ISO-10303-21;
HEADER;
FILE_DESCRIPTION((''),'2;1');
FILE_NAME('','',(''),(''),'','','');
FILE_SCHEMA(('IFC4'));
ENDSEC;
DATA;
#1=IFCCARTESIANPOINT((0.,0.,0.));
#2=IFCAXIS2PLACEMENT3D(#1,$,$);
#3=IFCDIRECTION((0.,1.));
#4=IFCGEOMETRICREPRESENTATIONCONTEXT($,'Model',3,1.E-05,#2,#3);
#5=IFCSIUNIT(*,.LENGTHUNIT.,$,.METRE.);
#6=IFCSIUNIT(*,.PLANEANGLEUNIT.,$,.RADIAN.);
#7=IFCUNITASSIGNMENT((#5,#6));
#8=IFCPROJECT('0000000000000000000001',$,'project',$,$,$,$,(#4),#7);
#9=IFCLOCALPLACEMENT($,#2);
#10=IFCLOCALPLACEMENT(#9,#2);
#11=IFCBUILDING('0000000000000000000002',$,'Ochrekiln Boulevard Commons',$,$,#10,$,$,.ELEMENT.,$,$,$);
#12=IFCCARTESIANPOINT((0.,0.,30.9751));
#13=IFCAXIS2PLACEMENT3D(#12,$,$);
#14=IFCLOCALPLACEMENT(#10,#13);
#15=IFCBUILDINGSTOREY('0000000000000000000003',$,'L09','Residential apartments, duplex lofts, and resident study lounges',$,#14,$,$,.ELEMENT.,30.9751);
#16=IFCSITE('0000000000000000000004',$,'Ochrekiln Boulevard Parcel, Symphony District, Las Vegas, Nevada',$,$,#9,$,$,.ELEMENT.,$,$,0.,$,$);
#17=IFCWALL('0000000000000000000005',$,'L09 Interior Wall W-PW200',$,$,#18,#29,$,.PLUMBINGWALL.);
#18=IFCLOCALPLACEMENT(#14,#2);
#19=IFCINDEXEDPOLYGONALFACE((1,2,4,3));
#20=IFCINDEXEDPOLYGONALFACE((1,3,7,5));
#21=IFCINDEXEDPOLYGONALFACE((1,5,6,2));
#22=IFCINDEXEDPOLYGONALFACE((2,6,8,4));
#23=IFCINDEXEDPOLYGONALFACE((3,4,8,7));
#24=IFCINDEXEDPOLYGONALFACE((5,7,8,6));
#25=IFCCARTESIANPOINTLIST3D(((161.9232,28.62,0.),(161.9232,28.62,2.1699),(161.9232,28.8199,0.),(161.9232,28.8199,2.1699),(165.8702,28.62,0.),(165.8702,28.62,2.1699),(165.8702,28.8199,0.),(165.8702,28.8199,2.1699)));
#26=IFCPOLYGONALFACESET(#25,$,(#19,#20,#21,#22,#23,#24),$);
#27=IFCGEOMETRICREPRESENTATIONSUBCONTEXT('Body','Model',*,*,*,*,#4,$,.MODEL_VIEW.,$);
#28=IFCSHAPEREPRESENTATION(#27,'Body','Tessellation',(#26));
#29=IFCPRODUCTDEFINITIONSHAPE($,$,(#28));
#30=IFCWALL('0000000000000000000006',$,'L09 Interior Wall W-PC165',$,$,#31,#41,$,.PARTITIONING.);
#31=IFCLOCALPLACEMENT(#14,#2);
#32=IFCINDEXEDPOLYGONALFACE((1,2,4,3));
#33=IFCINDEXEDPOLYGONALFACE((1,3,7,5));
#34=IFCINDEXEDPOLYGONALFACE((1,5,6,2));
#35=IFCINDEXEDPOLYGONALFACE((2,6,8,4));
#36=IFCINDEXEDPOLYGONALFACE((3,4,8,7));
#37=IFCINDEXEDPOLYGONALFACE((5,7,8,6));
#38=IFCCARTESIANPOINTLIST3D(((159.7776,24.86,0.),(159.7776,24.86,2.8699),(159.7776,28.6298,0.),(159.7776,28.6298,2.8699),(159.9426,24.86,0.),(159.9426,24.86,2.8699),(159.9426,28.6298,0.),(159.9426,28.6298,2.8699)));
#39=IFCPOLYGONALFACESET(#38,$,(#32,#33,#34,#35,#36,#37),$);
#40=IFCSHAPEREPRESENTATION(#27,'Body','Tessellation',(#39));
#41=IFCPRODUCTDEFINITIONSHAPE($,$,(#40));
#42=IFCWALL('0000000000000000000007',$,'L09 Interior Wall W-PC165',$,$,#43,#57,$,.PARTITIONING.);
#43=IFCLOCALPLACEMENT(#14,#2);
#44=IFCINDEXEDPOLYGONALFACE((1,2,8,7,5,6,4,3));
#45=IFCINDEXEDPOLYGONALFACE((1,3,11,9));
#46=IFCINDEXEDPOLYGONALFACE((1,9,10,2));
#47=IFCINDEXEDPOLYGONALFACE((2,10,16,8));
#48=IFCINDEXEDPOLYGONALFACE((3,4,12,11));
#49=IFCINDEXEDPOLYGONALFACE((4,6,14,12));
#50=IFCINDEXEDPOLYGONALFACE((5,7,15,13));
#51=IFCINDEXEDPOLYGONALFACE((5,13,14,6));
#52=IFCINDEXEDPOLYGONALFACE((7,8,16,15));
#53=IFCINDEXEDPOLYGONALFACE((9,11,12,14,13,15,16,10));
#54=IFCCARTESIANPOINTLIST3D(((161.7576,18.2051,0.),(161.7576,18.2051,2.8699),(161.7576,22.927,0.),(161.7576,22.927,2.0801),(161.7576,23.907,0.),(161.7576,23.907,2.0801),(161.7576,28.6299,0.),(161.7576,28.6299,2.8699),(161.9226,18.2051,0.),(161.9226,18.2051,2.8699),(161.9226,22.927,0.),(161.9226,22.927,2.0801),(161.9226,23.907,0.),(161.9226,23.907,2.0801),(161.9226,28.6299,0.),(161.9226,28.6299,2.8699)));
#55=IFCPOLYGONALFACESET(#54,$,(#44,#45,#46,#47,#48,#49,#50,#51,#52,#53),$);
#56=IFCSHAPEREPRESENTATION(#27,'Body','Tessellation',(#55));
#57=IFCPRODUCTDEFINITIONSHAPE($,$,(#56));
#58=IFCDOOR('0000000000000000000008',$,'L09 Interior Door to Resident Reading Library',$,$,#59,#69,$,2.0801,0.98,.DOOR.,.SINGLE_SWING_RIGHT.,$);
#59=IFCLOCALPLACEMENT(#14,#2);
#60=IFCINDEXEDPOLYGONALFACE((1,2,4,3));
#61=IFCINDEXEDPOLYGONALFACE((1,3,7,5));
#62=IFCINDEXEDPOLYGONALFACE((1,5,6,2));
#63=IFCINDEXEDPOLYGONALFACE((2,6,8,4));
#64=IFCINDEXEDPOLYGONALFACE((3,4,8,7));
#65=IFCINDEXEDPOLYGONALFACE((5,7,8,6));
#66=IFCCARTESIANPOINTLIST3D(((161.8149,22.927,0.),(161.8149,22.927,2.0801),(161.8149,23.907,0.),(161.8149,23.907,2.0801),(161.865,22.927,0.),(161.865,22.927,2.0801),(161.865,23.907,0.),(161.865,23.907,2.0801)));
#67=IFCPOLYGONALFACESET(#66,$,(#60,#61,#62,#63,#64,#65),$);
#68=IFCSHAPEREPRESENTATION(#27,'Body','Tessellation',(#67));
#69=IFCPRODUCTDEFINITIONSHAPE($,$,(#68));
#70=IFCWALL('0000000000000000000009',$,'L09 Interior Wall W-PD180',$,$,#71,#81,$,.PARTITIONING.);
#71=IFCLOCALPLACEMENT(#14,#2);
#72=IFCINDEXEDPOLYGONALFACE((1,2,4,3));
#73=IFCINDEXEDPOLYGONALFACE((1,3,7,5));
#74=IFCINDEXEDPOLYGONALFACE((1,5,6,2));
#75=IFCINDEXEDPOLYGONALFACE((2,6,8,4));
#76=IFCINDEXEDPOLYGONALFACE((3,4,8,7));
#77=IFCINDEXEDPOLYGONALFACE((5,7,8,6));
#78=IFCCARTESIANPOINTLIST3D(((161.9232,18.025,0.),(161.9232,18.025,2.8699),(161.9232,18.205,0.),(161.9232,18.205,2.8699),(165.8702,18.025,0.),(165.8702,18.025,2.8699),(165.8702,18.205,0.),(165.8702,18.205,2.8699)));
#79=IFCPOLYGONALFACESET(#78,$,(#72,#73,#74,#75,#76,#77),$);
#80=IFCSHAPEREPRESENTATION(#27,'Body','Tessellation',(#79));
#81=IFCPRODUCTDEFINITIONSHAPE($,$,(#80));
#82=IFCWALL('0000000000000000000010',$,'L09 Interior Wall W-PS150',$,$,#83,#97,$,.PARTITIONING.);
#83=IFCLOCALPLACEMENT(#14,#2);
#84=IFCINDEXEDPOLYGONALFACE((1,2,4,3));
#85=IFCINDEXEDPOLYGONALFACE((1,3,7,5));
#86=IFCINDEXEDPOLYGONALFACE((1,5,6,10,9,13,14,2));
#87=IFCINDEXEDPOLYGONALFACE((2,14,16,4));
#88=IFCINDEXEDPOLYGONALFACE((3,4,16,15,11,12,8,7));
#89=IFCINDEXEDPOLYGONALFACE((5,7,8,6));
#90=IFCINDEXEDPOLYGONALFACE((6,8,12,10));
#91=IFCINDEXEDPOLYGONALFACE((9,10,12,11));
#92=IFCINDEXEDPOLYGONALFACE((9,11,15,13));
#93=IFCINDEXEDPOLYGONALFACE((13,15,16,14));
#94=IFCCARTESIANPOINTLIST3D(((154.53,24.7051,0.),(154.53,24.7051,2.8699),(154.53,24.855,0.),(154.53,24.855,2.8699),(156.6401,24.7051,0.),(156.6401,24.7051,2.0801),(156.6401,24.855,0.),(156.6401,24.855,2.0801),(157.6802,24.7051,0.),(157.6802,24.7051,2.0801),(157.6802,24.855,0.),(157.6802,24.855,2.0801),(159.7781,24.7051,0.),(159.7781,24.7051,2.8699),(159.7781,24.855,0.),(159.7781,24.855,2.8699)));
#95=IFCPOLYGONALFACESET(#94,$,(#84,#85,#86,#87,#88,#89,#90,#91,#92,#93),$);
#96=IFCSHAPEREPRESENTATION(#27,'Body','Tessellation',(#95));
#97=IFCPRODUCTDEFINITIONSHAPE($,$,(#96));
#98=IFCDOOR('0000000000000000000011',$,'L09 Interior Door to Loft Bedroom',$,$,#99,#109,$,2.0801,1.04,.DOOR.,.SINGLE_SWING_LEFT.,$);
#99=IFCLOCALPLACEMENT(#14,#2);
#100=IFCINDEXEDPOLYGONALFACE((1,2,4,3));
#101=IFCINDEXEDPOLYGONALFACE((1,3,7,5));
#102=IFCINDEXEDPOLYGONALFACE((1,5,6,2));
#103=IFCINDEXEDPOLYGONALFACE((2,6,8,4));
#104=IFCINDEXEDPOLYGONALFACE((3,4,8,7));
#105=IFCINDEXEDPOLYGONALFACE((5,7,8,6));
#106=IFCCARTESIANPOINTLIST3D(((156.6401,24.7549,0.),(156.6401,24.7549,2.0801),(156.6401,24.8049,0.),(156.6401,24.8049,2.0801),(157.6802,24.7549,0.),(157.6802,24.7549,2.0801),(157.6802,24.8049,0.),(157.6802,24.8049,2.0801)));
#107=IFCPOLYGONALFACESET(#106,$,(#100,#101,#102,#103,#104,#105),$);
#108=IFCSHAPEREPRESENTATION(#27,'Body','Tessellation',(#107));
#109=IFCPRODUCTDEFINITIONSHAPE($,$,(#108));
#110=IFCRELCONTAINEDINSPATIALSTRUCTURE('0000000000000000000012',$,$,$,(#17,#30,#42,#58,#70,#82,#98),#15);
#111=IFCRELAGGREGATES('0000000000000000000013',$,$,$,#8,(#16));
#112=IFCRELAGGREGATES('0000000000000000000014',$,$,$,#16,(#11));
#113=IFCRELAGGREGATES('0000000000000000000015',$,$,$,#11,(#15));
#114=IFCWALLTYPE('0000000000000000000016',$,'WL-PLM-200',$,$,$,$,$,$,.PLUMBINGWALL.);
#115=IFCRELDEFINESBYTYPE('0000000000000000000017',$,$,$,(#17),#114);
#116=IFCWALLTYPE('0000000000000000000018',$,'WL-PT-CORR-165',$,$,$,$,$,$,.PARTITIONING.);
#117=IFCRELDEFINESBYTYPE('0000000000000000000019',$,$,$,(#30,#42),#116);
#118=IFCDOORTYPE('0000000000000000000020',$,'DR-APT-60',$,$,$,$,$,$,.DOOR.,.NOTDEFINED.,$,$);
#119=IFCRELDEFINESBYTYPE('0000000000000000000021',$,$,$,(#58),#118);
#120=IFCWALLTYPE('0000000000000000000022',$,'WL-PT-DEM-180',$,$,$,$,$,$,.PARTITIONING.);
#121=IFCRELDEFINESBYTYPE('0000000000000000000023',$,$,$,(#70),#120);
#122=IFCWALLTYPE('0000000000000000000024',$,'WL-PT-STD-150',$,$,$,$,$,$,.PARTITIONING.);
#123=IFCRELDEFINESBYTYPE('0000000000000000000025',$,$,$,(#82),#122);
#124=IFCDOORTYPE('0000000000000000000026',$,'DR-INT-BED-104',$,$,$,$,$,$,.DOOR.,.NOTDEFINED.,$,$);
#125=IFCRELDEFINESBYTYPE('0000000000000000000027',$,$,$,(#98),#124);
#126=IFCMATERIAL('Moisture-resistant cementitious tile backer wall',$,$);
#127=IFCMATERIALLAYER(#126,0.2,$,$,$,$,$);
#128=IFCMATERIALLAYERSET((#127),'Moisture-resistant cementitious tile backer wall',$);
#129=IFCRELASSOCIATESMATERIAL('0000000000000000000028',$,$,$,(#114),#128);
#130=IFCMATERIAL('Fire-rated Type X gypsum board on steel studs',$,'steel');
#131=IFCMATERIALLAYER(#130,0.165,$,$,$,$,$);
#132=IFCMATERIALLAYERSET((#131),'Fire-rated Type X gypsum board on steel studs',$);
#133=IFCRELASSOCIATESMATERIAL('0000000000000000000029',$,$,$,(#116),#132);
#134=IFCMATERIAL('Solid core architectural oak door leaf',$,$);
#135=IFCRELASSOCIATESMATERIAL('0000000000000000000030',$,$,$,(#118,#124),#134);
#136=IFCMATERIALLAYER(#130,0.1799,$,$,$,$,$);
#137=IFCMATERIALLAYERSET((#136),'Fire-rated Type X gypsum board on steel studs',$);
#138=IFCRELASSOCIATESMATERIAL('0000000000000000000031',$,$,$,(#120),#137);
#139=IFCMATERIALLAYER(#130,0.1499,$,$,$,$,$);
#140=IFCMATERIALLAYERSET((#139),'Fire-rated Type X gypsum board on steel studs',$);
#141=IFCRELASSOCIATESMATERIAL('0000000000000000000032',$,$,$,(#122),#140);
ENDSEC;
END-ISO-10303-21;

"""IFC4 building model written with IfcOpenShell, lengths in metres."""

from ifc_helpers import new_model, si_unit, direction, frame, frame_2d, origin, place, context, subcontext, project, spatial, rectangle, extrude, material, layer, layer_set, type_object, element, fill, save


model = new_model("IFC4")

# Units and contexts
model_context = context("Model", 3, precision=1e-05, world=origin(), true_north=direction((0.0, 1.0)))
body_context = subcontext(model_context, "Body", "Model", "MODEL_VIEW")
ifc_project = project(units=[si_unit("LENGTHUNIT", "METRE"), si_unit("PLANEANGLEUNIT", "RADIAN")], contexts=[model_context])

# Site, building, storey
site_placement = place(None, origin())
site = spatial("IfcSite", under=ifc_project, at=site_placement, Name="Ochrekiln Boulevard Parcel, Symphony District, Las Vegas, Nevada", CompositionType="ELEMENT", RefElevation=0.0)
building_placement = place(site_placement, origin())
building = spatial("IfcBuilding", under=site, at=building_placement, Name="Ochrekiln Boulevard Commons", CompositionType="ELEMENT")
storey_placement = place(building_placement, frame((0.0, 0.0, 30.9751)))
storey = spatial("IfcBuildingStorey", under=building, at=storey_placement, Name="L09", Description="Residential apartments, duplex lofts, and resident study lounges", CompositionType="ELEMENT", Elevation=30.9751)

# Walls
ifc_material_1 = material(Name="Moisture-resistant cementitious tile backer wall")
ifc_layer_1 = layer(ifc_material_1, 0.2)
ifc_layer_set_1 = layer_set([ifc_layer_1], Name="Moisture-resistant cementitious tile backer wall")
wall_type_1 = type_object("IfcWallType", Name="WL-PLM-200", PredefinedType="PLUMBINGWALL", material=ifc_layer_set_1)
wall_1_placement = place(storey_placement, frame((161.9231, 28.72, 0.0), z_axis=(0.0, 0.0, 1.0), x_axis=(1.0, 0.0, 0.0)))
element("IfcWall", 1, at=wall_1_placement, inside=storey, type_object=wall_type_1, Name="L09 Interior Wall W-PW200", PredefinedType="PLUMBINGWALL", context=body_context, shape_type="SweptSolid", body=[
    extrude(rectangle(XDim=3.947, YDim=0.2, at=frame_2d((1.9736, 0.0))), origin(), (0.0, 0.0, 1.0), 2.1699),
])
ifc_material_2 = material(Name="Fire-rated Type X gypsum board on steel studs", Category="steel")
ifc_layer_2 = layer(ifc_material_2, 0.165)
ifc_layer_set_2 = layer_set([ifc_layer_2], Name="Fire-rated Type X gypsum board on steel studs")
wall_type_2 = type_object("IfcWallType", Name="WL-PT-CORR-165", PredefinedType="PARTITIONING", material=ifc_layer_set_2)
wall_2_placement = place(storey_placement, frame((159.8601, 24.8601, 0.0), z_axis=(0.0, 0.0, 1.0), x_axis=(0.0, 1.0, 0.0)))
element("IfcWall", 2, at=wall_2_placement, inside=storey, type_object=wall_type_2, Name="L09 Interior Wall W-PC165", PredefinedType="PARTITIONING", context=body_context, shape_type="SweptSolid", body=[
    extrude(rectangle(XDim=3.7698, YDim=0.165, at=frame_2d((1.8848, 0.0))), origin(), (0.0, 0.0, 1.0), 2.8699),
])

# Wall, opening, door
wall_3_placement = place(storey_placement, frame((161.8401, 18.2051, 0.0), z_axis=(0.0, 0.0, 1.0), x_axis=(0.0, 1.0, 0.0)))
wall_3 = element("IfcWall", 3, at=wall_3_placement, inside=storey, type_object=wall_type_2, Name="L09 Interior Wall W-PC165", PredefinedType="PARTITIONING", context=body_context, shape_type="SweptSolid", body=[
    extrude(rectangle(XDim=10.4248, YDim=0.165, at=frame_2d((5.2124, 0.0))), origin(), (0.0, 0.0, 1.0), 2.8699),
])
opening_1_placement = place(wall_3_placement, frame((4.7219, 0.0, 0.0)))
opening_1 = element("IfcOpeningElement", 4, at=opening_1_placement, cuts=wall_3, PredefinedType="OPENING", context=body_context, shape_type="SweptSolid", body=[
    extrude(rectangle(XDim=0.98, YDim=2.0801, at=frame_2d((0.49, 1.04))), frame((0.0, 0.0925, 0.0), z_axis=(0.0, -1.0, 0.0), x_axis=(1.0, 0.0, 0.0)), (0.0, 0.0, 1.0), 0.1851),
])
ifc_material_3 = material(Name="Solid core architectural oak door leaf")
door_type_1 = type_object("IfcDoorType", Name="DR-APT-60", OperationType="NOTDEFINED", PredefinedType="DOOR", material=ifc_material_3)
door_1_placement = place(opening_1_placement, frame((0.98, 0.0, 0.0), z_axis=(0.0, 0.0, 1.0), x_axis=(-1.0, 0.0, 0.0)))
door_1 = element("IfcDoor", 5, at=door_1_placement, inside=storey, type_object=door_type_1, Name="L09 Interior Door to Resident Reading Library", OperationType="SINGLE_SWING_RIGHT", OverallHeight=2.0801, OverallWidth=0.98, PredefinedType="DOOR", context=body_context, shape_type="SweptSolid", body=[
    extrude(rectangle(XDim=0.98, YDim=2.0801, at=frame_2d((0.49, 1.04))), frame((0.0, 0.0249, 0.0), z_axis=(0.0, -1.0, 0.0), x_axis=(1.0, 0.0, 0.0)), (0.0, 0.0, 1.0), 0.05),
])
fill(opening_1, door_1)

# Wall
ifc_layer_3 = layer(ifc_material_2, 0.1799)
ifc_layer_set_3 = layer_set([ifc_layer_3], Name="Fire-rated Type X gypsum board on steel studs")
wall_type_3 = type_object("IfcWallType", Name="WL-PT-DEM-180", PredefinedType="PARTITIONING", material=ifc_layer_set_3)
wall_4_placement = place(storey_placement, frame((161.9231, 18.115, 0.0), z_axis=(0.0, 0.0, 1.0), x_axis=(1.0, 0.0, 0.0)))
element("IfcWall", 6, at=wall_4_placement, inside=storey, type_object=wall_type_3, Name="L09 Interior Wall W-PD180", PredefinedType="PARTITIONING", context=body_context, shape_type="SweptSolid", body=[
    extrude(rectangle(XDim=3.947, YDim=0.1799, at=frame_2d((1.9736, 0.0))), origin(), (0.0, 0.0, 1.0), 2.8699),
])

# Wall, opening, door
ifc_layer_4 = layer(ifc_material_2, 0.1499)
ifc_layer_set_4 = layer_set([ifc_layer_4], Name="Fire-rated Type X gypsum board on steel studs")
wall_type_4 = type_object("IfcWallType", Name="WL-PT-STD-150", PredefinedType="PARTITIONING", material=ifc_layer_set_4)
wall_5_placement = place(storey_placement, frame((154.53, 24.78, 0.0), z_axis=(0.0, 0.0, 1.0), x_axis=(1.0, 0.0, 0.0)))
wall_5 = element("IfcWall", 7, at=wall_5_placement, inside=storey, type_object=wall_type_4, Name="L09 Interior Wall W-PS150", PredefinedType="PARTITIONING", context=body_context, shape_type="SweptSolid", body=[
    extrude(rectangle(XDim=5.248, YDim=0.1499, at=frame_2d((2.624, 0.0))), origin(), (0.0, 0.0, 1.0), 2.8699),
])
opening_2_placement = place(wall_5_placement, frame((2.1101, 0.0, 0.0)))
opening_2 = element("IfcOpeningElement", 8, at=opening_2_placement, cuts=wall_5, PredefinedType="OPENING", context=body_context, shape_type="SweptSolid", body=[
    extrude(rectangle(XDim=1.04, YDim=2.0801, at=frame_2d((0.52, 1.04))), frame((0.0, 0.085, 0.0), z_axis=(0.0, -1.0, 0.0), x_axis=(1.0, 0.0, 0.0)), (0.0, 0.0, 1.0), 0.1699),
])
door_type_2 = type_object("IfcDoorType", Name="DR-INT-BED-104", OperationType="NOTDEFINED", PredefinedType="DOOR", material=ifc_material_3)
door_2_placement = place(opening_2_placement, origin())
door_2 = element("IfcDoor", 9, at=door_2_placement, inside=storey, type_object=door_type_2, Name="L09 Interior Door to Loft Bedroom", OperationType="SINGLE_SWING_LEFT", OverallHeight=2.0801, OverallWidth=1.04, PredefinedType="DOOR", context=body_context, shape_type="SweptSolid", body=[
    extrude(rectangle(XDim=1.04, YDim=2.0801, at=frame_2d((0.52, 1.04))), frame((0.0, 0.0249, 0.0), z_axis=(0.0, -1.0, 0.0), x_axis=(1.0, 0.0, 0.0)), (0.0, 0.0, 1.0), 0.05),
])
fill(opening_2, door_2)

save(model, "model.ifc")
